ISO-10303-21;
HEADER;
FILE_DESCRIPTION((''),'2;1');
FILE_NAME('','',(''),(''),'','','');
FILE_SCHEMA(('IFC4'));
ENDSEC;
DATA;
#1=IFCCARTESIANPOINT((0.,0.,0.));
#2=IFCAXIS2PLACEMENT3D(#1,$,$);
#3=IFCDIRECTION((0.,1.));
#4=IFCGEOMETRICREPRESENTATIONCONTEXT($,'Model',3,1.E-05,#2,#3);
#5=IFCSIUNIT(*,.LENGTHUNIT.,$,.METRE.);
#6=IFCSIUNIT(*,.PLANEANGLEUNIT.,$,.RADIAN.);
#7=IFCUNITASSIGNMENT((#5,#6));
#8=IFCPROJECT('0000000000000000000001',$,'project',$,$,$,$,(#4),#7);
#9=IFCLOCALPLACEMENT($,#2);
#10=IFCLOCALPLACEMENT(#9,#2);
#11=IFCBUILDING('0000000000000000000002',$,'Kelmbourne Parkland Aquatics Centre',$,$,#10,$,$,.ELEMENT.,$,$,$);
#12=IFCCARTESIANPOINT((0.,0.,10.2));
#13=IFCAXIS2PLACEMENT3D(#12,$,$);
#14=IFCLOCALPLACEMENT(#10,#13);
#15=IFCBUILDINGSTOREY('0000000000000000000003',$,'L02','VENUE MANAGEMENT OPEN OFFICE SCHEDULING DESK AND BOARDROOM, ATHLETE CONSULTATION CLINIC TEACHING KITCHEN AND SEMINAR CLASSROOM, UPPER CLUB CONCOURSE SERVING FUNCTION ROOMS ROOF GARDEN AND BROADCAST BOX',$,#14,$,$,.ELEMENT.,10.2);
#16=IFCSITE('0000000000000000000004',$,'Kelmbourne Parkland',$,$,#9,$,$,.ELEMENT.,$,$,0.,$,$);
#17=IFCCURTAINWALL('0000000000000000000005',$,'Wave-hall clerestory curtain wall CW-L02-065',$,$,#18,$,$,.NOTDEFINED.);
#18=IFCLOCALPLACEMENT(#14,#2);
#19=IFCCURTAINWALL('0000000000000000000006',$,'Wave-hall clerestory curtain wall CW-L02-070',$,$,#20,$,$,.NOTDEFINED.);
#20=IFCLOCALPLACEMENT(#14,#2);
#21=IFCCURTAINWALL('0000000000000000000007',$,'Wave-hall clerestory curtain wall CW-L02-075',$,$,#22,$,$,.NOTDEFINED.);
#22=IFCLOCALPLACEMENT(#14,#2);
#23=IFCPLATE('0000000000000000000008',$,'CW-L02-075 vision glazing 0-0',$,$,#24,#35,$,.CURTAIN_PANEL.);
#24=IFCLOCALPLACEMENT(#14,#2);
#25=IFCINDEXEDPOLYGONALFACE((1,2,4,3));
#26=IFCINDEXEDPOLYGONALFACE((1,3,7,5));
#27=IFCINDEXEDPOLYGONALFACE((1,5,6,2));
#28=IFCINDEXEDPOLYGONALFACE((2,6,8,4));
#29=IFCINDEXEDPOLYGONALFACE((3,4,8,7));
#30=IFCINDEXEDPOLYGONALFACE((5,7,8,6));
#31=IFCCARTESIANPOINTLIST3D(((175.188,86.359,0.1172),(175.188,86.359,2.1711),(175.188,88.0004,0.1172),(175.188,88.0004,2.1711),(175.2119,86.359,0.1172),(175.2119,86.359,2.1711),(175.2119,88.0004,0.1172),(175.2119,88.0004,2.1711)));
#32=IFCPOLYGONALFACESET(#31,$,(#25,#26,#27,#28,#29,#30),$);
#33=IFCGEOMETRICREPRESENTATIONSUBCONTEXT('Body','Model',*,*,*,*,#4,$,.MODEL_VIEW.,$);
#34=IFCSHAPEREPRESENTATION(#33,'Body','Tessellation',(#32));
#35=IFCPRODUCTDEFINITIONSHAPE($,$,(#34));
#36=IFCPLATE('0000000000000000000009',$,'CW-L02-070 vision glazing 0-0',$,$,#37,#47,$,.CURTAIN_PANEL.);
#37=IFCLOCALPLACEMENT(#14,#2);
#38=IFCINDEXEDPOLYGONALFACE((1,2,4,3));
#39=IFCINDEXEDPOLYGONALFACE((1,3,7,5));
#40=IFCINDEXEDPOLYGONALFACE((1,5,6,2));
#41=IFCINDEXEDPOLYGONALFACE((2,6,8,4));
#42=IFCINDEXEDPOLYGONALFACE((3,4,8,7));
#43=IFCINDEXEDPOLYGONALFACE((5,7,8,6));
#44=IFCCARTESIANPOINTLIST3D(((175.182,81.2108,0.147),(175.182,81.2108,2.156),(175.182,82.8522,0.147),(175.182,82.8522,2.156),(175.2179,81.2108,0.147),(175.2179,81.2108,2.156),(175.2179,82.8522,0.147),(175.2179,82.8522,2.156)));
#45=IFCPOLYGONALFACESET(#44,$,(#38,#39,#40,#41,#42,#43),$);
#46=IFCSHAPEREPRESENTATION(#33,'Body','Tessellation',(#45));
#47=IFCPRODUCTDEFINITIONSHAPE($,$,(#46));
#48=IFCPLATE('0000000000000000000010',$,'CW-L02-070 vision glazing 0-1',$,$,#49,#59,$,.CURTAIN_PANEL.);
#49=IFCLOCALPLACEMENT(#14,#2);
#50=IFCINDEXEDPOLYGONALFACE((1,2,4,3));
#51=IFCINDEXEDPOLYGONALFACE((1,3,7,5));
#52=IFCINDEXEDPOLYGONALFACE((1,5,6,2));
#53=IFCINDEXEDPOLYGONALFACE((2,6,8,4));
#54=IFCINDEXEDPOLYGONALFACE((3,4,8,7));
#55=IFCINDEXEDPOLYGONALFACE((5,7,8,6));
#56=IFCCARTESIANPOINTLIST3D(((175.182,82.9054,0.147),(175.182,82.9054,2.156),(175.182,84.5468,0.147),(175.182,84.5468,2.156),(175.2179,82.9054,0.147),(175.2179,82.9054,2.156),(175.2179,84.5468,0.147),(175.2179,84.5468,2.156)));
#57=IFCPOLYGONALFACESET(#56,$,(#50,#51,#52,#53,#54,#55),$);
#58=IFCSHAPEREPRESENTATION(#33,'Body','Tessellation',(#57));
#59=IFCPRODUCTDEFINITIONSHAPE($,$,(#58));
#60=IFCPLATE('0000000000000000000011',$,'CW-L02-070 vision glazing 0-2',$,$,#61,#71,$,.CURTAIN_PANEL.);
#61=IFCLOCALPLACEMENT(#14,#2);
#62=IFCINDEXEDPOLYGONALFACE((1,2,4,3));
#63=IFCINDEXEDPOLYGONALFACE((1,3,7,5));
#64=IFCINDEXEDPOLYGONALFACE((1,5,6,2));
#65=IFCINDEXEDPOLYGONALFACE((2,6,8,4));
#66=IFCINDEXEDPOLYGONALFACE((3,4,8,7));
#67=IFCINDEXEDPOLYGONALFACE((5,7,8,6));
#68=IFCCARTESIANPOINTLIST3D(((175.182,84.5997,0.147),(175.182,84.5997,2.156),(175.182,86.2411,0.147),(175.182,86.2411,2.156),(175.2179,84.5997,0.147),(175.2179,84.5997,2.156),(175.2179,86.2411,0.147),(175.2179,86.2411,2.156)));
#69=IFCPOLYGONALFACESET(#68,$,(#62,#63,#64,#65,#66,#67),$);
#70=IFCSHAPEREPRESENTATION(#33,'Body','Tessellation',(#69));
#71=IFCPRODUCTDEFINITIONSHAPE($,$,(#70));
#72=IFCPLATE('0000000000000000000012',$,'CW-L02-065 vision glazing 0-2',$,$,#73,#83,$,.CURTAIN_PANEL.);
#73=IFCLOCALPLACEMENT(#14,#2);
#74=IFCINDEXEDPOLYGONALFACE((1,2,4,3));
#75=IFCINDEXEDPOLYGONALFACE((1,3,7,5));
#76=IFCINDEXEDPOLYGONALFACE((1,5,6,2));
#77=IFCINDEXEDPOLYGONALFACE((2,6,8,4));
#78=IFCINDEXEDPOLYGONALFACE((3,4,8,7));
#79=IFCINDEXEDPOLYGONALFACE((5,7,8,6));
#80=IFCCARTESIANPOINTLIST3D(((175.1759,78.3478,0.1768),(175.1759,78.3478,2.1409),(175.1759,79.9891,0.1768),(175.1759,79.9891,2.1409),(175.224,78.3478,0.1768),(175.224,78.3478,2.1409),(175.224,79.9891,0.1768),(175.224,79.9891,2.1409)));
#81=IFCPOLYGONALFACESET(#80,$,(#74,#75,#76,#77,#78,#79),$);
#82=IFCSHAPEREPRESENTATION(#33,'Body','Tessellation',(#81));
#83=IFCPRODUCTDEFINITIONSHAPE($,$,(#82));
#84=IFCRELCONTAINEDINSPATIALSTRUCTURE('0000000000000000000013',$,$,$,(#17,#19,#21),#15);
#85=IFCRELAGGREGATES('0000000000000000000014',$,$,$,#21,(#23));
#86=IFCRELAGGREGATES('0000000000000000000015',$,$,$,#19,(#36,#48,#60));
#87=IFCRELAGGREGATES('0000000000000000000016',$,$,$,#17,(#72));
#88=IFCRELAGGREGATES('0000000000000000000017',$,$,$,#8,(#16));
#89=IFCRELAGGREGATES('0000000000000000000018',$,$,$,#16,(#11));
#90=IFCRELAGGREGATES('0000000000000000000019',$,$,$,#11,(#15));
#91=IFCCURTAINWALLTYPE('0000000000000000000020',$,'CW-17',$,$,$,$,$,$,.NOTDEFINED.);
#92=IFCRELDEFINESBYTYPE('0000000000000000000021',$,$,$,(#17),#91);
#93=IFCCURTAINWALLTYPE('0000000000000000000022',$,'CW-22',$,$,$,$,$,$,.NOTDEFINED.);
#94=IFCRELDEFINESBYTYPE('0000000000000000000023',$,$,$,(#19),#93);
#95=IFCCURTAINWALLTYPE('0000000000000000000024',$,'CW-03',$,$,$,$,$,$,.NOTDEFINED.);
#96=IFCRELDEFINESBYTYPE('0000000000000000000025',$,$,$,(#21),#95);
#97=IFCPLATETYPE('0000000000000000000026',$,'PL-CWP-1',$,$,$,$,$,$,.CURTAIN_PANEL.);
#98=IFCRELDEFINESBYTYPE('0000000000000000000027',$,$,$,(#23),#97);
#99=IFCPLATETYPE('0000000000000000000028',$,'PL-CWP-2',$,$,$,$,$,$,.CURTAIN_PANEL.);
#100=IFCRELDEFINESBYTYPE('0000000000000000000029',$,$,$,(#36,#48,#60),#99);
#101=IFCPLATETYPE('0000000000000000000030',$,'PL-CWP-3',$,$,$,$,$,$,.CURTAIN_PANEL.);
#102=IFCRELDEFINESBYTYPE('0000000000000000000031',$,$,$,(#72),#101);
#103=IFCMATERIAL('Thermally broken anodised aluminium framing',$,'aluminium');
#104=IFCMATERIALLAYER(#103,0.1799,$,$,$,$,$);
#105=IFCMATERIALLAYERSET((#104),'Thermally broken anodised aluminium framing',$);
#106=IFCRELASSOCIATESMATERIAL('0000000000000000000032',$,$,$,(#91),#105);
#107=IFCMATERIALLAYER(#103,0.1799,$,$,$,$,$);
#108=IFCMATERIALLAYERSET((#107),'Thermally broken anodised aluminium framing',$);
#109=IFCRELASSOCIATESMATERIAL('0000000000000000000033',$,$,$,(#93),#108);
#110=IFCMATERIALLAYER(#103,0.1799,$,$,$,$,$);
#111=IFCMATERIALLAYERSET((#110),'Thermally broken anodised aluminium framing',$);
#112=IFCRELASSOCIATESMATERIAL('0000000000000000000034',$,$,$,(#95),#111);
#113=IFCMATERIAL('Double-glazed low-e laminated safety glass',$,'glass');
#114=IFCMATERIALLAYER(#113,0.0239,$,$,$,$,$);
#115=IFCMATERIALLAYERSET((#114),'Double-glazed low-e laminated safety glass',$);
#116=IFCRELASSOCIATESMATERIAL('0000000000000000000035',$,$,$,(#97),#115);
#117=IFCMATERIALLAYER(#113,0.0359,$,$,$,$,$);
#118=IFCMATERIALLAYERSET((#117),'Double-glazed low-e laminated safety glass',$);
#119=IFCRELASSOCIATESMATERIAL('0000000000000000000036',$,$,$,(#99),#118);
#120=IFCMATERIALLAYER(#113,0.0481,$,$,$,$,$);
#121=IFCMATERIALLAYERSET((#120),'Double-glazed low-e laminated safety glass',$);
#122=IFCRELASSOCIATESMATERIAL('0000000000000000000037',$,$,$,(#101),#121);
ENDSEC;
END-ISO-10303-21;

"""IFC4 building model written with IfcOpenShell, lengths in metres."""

from ifc_helpers import new_model, si_unit, direction, frame, origin, origin_2d, place, context, subcontext, project, spatial, rectangle, extrude, material, layer, layer_set, type_object, element, aggregate, save


model = new_model("IFC4")

# Units and contexts
model_context = context("Model", 3, precision=1e-05, world=origin(), true_north=direction((0.0, 1.0)))
body_context = subcontext(model_context, "Body", "Model", "MODEL_VIEW")
ifc_project = project(units=[si_unit("LENGTHUNIT", "METRE"), si_unit("PLANEANGLEUNIT", "RADIAN")], contexts=[model_context])

# Site, building, storey
site_placement = place(None, origin())
site = spatial("IfcSite", under=ifc_project, at=site_placement, Name="Kelmbourne Parkland", CompositionType="ELEMENT", RefElevation=0.0)
building_placement = place(site_placement, origin())
building = spatial("IfcBuilding", under=site, at=building_placement, Name="Kelmbourne Parkland Aquatics Centre", CompositionType="ELEMENT")
storey_placement = place(building_placement, frame((0.0, 0.0, 10.2)))
storey = spatial("IfcBuildingStorey", under=building, at=storey_placement, Name="L02", Description="VENUE MANAGEMENT OPEN OFFICE SCHEDULING DESK AND BOARDROOM, ATHLETE CONSULTATION CLINIC TEACHING KITCHEN AND SEMINAR CLASSROOM, UPPER CLUB CONCOURSE SERVING FUNCTION ROOMS ROOF GARDEN AND BROADCAST BOX", CompositionType="ELEMENT", Elevation=10.2)

# Curtain wall
ifc_material_1 = material(Name="Thermally broken anodised aluminium framing", Category="aluminium")
ifc_layer_1 = layer(ifc_material_1, 0.1799)
ifc_layer_set_1 = layer_set([ifc_layer_1], Name="Thermally broken anodised aluminium framing")
curtain_wall_type_1 = type_object("IfcCurtainWallType", Name="CW-17", PredefinedType="NOTDEFINED", material=ifc_layer_set_1)
curtain_wall_1_placement = place(storey_placement, origin())
curtain_wall_1 = element("IfcCurtainWall", 1, at=curtain_wall_1_placement, inside=storey, type_object=curtain_wall_type_1, Name="Wave-hall clerestory curtain wall CW-L02-065", PredefinedType="NOTDEFINED")

# Curtain walls
ifc_layer_2 = layer(ifc_material_1, 0.1799)
ifc_layer_set_2 = layer_set([ifc_layer_2], Name="Thermally broken anodised aluminium framing")
curtain_wall_type_2 = type_object("IfcCurtainWallType", Name="CW-22", PredefinedType="NOTDEFINED", material=ifc_layer_set_2)
curtain_wall_2_placement = place(storey_placement, origin())
curtain_wall_2 = element("IfcCurtainWall", 2, at=curtain_wall_2_placement, inside=storey, type_object=curtain_wall_type_2, Name="Wave-hall clerestory curtain wall CW-L02-070", PredefinedType="NOTDEFINED")
ifc_layer_3 = layer(ifc_material_1, 0.1799)
ifc_layer_set_3 = layer_set([ifc_layer_3], Name="Thermally broken anodised aluminium framing")
curtain_wall_type_3 = type_object("IfcCurtainWallType", Name="CW-03", PredefinedType="NOTDEFINED", material=ifc_layer_set_3)
curtain_wall_3_placement = place(storey_placement, origin())
curtain_wall_3 = element("IfcCurtainWall", 3, at=curtain_wall_3_placement, inside=storey, type_object=curtain_wall_type_3, Name="Wave-hall clerestory curtain wall CW-L02-075", PredefinedType="NOTDEFINED")

# Plates
ifc_material_2 = material(Name="Double-glazed low-e laminated safety glass", Category="glass")
ifc_layer_4 = layer(ifc_material_2, 0.0239)
ifc_layer_set_4 = layer_set([ifc_layer_4], Name="Double-glazed low-e laminated safety glass")
plate_type_1 = type_object("IfcPlateType", Name="PL-CWP-1", PredefinedType="CURTAIN_PANEL", material=ifc_layer_set_4)
plate_1_placement = place(storey_placement, frame((175.2, 87.1797, 0.1172), z_axis=(0.0, 0.0, 1.0), x_axis=(0.0, 1.0, 0.0)))
plate_1 = element("IfcPlate", 4, at=plate_1_placement, type_object=plate_type_1, Name="CW-L02-075 vision glazing 0-0", PredefinedType="CURTAIN_PANEL", context=body_context, shape_type="SweptSolid", body=[
    extrude(rectangle(XDim=1.6414, YDim=0.0239, at=origin_2d()), origin(), (0.0, 0.0, 1.0), 2.054),
])
aggregate(curtain_wall_3, [plate_1])
ifc_layer_5 = layer(ifc_material_2, 0.0359)
ifc_layer_set_5 = layer_set([ifc_layer_5], Name="Double-glazed low-e laminated safety glass")
plate_type_2 = type_object("IfcPlateType", Name="PL-CWP-2", PredefinedType="CURTAIN_PANEL", material=ifc_layer_set_5)
plate_2_placement = place(storey_placement, frame((175.2, 82.0315, 0.147), z_axis=(0.0, 0.0, 1.0), x_axis=(0.0, 1.0, 0.0)))
plate_2 = element("IfcPlate", 5, at=plate_2_placement, type_object=plate_type_2, Name="CW-L02-070 vision glazing 0-0", PredefinedType="CURTAIN_PANEL", context=body_context, shape_type="SweptSolid", body=[
    extrude(rectangle(XDim=1.6414, YDim=0.0359, at=origin_2d()), origin(), (0.0, 0.0, 1.0), 2.009),
])
plate_3_placement = place(storey_placement, frame((175.2, 83.7261, 0.147), z_axis=(0.0, 0.0, 1.0), x_axis=(0.0, 1.0, 0.0)))
plate_3 = element("IfcPlate", 6, at=plate_3_placement, type_object=plate_type_2, Name="CW-L02-070 vision glazing 0-1", PredefinedType="CURTAIN_PANEL", context=body_context, shape_type="SweptSolid", body=[
    extrude(rectangle(XDim=1.6414, YDim=0.0359, at=origin_2d()), origin(), (0.0, 0.0, 1.0), 2.009),
])
plate_4_placement = place(storey_placement, frame((175.2, 85.4204, 0.147), z_axis=(0.0, 0.0, 1.0), x_axis=(0.0, 1.0, 0.0)))
plate_4 = element("IfcPlate", 7, at=plate_4_placement, type_object=plate_type_2, Name="CW-L02-070 vision glazing 0-2", PredefinedType="CURTAIN_PANEL", context=body_context, shape_type="SweptSolid", body=[
    extrude(rectangle(XDim=1.6414, YDim=0.0359, at=origin_2d()), origin(), (0.0, 0.0, 1.0), 2.009),
])
aggregate(curtain_wall_2, [plate_2, plate_3, plate_4])
ifc_layer_6 = layer(ifc_material_2, 0.0481)
ifc_layer_set_6 = layer_set([ifc_layer_6], Name="Double-glazed low-e laminated safety glass")
plate_type_3 = type_object("IfcPlateType", Name="PL-CWP-3", PredefinedType="CURTAIN_PANEL", material=ifc_layer_set_6)
plate_5_placement = place(storey_placement, frame((175.2, 79.1685, 0.1768), z_axis=(0.0, 0.0, 1.0), x_axis=(0.0, 1.0, 0.0)))
plate_5 = element("IfcPlate", 8, at=plate_5_placement, type_object=plate_type_3, Name="CW-L02-065 vision glazing 0-2", PredefinedType="CURTAIN_PANEL", context=body_context, shape_type="SweptSolid", body=[
    extrude(rectangle(XDim=1.6414, YDim=0.0481, at=origin_2d()), origin(), (0.0, 0.0, 1.0), 1.9641),
])
aggregate(curtain_wall_1, [plate_5])

save(model, "model.ifc")
